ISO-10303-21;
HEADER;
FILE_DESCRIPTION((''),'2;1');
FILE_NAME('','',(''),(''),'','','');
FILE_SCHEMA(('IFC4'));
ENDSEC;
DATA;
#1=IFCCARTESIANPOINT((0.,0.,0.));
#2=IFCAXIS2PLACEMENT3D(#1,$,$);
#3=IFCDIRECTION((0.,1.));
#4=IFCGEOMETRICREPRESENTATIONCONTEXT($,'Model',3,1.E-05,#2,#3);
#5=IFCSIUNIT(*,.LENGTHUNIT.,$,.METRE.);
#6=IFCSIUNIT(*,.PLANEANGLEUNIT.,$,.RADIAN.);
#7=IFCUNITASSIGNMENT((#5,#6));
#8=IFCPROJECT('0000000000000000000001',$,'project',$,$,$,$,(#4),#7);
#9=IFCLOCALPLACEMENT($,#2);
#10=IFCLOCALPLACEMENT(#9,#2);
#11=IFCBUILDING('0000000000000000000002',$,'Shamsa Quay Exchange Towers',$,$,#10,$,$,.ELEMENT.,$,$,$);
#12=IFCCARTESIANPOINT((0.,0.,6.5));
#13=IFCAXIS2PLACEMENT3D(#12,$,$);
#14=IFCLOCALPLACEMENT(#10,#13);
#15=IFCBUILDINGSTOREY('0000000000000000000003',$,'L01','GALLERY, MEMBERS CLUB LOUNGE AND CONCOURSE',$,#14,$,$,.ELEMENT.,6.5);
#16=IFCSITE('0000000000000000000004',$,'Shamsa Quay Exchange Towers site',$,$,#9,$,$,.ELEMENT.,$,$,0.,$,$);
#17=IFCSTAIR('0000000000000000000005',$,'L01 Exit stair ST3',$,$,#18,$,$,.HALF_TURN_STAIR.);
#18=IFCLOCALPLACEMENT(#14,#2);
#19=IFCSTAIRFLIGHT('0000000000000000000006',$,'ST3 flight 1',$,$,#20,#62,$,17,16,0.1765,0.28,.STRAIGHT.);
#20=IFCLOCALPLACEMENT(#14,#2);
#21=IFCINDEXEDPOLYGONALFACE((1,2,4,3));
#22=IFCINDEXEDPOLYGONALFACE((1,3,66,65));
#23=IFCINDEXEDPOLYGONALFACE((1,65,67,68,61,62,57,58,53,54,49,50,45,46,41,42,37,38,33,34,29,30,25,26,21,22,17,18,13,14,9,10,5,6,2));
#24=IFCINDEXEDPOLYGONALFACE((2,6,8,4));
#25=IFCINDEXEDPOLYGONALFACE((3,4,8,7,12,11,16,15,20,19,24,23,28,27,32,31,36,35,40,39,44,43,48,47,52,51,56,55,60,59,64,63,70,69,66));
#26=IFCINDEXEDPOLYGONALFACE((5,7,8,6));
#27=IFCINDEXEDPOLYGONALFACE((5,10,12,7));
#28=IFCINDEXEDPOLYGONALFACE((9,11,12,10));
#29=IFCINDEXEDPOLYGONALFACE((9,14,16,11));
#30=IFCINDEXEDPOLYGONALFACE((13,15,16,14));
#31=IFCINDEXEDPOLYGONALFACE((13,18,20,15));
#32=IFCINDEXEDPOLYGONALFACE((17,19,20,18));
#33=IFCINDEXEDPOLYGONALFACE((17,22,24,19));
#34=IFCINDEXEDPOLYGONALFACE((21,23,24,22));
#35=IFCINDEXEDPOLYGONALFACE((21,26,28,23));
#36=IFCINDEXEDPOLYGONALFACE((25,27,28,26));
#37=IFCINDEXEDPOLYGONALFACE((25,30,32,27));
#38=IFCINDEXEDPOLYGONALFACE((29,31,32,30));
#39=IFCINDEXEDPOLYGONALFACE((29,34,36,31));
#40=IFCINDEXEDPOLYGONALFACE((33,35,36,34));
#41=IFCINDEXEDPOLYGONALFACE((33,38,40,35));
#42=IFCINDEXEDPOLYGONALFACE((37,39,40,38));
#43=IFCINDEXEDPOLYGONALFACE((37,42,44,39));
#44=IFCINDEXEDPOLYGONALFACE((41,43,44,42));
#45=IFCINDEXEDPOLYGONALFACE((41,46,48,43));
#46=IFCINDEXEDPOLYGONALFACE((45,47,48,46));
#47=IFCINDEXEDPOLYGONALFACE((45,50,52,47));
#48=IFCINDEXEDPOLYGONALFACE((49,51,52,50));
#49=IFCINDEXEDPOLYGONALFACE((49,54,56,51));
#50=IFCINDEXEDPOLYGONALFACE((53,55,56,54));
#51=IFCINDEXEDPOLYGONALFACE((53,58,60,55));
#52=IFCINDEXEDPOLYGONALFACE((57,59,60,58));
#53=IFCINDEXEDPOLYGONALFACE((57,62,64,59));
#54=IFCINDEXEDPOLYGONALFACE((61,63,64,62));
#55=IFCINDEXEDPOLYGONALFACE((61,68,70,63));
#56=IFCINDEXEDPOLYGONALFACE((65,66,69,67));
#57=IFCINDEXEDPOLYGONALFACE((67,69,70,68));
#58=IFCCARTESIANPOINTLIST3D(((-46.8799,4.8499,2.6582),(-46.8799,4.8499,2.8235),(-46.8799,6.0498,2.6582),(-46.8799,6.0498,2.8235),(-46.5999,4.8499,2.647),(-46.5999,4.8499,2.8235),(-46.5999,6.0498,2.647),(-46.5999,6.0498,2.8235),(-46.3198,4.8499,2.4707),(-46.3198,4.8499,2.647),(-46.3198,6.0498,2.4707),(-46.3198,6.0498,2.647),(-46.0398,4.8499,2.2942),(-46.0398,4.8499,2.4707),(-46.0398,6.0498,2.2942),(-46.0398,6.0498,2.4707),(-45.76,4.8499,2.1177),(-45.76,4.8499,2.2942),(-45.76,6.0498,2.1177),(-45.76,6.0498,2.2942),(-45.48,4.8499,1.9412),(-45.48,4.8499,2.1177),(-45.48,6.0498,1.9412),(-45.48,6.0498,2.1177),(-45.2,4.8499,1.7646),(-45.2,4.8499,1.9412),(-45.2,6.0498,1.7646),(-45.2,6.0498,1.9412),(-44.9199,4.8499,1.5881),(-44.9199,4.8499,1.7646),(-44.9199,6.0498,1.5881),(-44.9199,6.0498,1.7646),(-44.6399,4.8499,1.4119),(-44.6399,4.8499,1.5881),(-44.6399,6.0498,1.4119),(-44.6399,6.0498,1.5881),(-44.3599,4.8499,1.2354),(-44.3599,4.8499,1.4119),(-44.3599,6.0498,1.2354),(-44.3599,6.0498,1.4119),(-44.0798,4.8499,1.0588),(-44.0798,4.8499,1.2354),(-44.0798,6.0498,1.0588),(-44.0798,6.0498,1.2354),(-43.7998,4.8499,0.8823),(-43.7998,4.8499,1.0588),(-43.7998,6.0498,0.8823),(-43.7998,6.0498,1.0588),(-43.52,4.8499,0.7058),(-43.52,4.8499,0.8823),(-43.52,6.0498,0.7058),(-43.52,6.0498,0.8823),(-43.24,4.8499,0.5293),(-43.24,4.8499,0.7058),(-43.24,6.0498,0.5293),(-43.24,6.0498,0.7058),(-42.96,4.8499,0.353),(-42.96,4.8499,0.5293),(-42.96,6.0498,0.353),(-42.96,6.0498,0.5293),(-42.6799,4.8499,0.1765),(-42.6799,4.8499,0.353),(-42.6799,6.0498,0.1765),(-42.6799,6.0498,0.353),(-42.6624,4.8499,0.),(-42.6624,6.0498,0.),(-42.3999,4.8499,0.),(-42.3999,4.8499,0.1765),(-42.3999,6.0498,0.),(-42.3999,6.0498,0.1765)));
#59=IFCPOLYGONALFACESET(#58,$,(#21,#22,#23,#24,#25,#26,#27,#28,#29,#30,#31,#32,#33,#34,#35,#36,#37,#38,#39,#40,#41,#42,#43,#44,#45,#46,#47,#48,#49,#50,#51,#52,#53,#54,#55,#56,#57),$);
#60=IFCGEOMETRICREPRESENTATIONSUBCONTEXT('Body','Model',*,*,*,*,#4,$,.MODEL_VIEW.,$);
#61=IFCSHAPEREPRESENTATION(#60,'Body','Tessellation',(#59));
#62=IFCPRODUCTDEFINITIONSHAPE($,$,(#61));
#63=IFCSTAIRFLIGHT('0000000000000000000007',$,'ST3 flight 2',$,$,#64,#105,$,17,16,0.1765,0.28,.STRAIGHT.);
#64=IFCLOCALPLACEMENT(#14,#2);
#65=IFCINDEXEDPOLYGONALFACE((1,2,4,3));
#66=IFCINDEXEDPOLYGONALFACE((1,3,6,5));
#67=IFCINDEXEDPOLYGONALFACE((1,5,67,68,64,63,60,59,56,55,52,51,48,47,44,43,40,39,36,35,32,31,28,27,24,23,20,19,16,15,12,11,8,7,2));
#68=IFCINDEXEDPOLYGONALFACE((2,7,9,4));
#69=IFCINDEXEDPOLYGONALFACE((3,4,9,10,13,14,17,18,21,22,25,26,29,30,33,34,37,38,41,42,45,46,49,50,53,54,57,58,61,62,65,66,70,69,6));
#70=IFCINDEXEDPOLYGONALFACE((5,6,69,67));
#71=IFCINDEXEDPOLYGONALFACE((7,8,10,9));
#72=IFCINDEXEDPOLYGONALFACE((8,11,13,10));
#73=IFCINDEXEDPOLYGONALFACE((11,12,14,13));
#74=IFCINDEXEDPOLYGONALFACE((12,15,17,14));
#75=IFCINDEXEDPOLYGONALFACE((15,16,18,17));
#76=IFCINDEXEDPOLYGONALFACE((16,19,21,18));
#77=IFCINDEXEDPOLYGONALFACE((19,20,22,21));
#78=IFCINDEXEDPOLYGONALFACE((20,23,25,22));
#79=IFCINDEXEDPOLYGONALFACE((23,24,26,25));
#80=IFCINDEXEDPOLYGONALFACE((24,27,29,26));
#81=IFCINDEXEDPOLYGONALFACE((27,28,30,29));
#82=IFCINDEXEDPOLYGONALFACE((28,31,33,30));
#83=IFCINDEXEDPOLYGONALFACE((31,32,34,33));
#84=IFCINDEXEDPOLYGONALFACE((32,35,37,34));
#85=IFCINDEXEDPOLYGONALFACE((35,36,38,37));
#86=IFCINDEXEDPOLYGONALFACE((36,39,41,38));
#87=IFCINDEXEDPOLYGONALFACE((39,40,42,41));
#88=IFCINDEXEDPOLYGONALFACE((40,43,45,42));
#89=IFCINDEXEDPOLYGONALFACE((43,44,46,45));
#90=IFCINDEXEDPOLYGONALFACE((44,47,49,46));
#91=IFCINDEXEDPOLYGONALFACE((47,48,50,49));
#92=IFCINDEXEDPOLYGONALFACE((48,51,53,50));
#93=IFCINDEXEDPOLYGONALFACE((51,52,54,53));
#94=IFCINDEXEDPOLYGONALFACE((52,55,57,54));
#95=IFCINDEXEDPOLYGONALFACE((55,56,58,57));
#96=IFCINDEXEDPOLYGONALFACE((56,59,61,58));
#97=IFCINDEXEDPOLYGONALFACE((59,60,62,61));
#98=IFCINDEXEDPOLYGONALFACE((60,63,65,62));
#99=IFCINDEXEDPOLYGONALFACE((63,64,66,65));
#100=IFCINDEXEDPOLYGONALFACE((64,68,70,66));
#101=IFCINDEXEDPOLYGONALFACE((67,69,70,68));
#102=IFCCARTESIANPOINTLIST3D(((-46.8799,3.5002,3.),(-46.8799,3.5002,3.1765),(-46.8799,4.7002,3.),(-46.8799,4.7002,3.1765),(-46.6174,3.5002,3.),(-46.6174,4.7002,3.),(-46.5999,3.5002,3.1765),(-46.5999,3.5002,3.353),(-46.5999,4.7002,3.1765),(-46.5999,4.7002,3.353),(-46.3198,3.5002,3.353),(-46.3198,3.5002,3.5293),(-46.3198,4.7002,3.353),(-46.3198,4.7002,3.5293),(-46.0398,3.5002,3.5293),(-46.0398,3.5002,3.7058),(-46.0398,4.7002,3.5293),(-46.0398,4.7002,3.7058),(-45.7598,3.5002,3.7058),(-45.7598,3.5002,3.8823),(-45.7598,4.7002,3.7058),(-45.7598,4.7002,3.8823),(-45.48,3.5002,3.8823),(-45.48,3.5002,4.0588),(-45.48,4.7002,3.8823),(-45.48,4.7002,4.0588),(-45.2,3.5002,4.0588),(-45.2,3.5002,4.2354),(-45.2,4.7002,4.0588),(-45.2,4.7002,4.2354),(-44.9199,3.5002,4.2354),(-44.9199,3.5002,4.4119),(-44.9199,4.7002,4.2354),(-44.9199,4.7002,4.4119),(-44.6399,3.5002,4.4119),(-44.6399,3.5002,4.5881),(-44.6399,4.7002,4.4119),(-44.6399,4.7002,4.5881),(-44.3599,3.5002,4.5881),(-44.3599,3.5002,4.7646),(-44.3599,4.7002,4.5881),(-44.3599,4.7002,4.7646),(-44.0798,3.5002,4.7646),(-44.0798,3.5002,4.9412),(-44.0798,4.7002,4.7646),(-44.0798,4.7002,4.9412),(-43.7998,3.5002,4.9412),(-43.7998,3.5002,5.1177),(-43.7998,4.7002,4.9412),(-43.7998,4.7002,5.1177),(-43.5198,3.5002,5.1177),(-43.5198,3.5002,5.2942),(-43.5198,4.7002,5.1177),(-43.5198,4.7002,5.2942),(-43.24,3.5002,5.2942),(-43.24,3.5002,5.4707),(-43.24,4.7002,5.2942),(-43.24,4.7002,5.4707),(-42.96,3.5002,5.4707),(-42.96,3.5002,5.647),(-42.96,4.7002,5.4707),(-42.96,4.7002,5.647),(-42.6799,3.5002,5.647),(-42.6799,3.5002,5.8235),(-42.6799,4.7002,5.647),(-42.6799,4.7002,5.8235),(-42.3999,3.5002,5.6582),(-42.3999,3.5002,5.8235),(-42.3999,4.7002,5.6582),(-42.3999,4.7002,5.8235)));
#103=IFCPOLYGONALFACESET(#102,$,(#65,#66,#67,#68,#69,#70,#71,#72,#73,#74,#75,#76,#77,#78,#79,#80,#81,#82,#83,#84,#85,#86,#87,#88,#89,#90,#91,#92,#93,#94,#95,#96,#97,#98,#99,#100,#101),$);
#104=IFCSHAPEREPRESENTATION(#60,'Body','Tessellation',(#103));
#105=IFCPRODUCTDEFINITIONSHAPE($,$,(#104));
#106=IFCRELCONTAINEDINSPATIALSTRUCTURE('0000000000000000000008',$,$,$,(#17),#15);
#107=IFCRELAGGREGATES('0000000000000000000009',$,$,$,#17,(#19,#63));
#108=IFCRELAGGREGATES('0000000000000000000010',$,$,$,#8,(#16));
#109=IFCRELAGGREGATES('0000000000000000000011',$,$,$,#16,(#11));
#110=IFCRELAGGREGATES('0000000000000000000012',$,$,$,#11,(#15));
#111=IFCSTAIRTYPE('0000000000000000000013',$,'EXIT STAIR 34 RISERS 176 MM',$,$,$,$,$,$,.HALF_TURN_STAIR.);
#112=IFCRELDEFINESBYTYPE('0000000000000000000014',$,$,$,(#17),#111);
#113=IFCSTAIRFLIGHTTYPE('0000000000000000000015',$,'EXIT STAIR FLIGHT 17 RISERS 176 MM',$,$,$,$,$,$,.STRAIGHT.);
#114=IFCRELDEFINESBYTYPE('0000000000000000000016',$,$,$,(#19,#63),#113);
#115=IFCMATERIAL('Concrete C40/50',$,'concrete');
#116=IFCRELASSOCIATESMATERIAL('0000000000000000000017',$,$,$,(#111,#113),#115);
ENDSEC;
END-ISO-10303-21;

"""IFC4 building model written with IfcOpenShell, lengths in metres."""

from ifc_helpers import new_model, si_unit, direction, frame, origin, place, context, subcontext, project, spatial, polyline, outline, extrude, material, type_object, element, aggregate, save


model = new_model("IFC4")

# Units and contexts
model_context = context("Model", 3, precision=1e-05, world=origin(), true_north=direction((0.0, 1.0)))
body_context = subcontext(model_context, "Body", "Model", "MODEL_VIEW")
ifc_project = project(units=[si_unit("LENGTHUNIT", "METRE"), si_unit("PLANEANGLEUNIT", "RADIAN")], contexts=[model_context])

# Site, building, storey
site_placement = place(None, origin())
site = spatial("IfcSite", under=ifc_project, at=site_placement, Name="Shamsa Quay Exchange Towers site", CompositionType="ELEMENT", RefElevation=0.0)
building_placement = place(site_placement, origin())
building = spatial("IfcBuilding", under=site, at=building_placement, Name="Shamsa Quay Exchange Towers", CompositionType="ELEMENT")
storey_placement = place(building_placement, frame((0.0, 0.0, 6.5)))
storey = spatial("IfcBuildingStorey", under=building, at=storey_placement, Name="L01", Description="GALLERY, MEMBERS CLUB LOUNGE AND CONCOURSE", CompositionType="ELEMENT", Elevation=6.5)

# Stair, stair flights
ifc_material_1 = material(Name="Concrete C40/50", Category="concrete")
stair_type = type_object("IfcStairType", Name="EXIT STAIR 34 RISERS 176 MM", PredefinedType="HALF_TURN_STAIR", material=ifc_material_1)
stair_flight_type = type_object("IfcStairFlightType", Name="EXIT STAIR FLIGHT 17 RISERS 176 MM", PredefinedType="STRAIGHT", material=ifc_material_1)
stair_1_placement = place(storey_placement, origin())
stair_1 = element("IfcStair", 1, at=stair_1_placement, inside=storey, type_object=stair_type, Name="L01 Exit stair ST3", PredefinedType="HALF_TURN_STAIR")
stair_flight_1_placement = place(storey_placement, frame((-42.3999, 5.45, 0.0), z_axis=(0.0, 0.0, 1.0), x_axis=(-1.0, 0.0, 0.0)))
stair_flight_1 = element("IfcStairFlight", 2, at=stair_flight_1_placement, type_object=stair_flight_type, Name="ST3 flight 1", NumberOfRisers=17, NumberOfTreads=16, PredefinedType="STRAIGHT", RiserHeight=0.1765, TreadLength=0.28, context=body_context, shape_type="SweptSolid", body=[
    extrude(outline(polyline([(0.0, 0.0), (0.0, 0.1765), (0.28, 0.1765), (0.28, 0.353), (0.5601, 0.353), (0.5601, 0.5293), (0.8401, 0.5293), (0.8401, 0.7058), (1.1201, 0.7058), (1.1201, 0.8823), (1.3999, 0.8823), (1.3999, 1.0588), (1.6799, 1.0588), (1.6799, 1.2354), (1.96, 1.2354), (1.96, 1.4119), (2.24, 1.4119), (2.24, 1.5881), (2.52, 1.5881), (2.52, 1.7646), (2.8, 1.7646), (2.8, 1.9412), (3.0801, 1.9412), (3.0801, 2.1177), (3.3601, 2.1177), (3.3601, 2.2942), (3.6399, 2.2942), (3.6399, 2.4707), (3.9199, 2.4707), (3.9199, 2.647), (4.2, 2.647), (4.2, 2.8235), (4.48, 2.8235), (4.48, 3.0), (4.48, 2.6582), (0.2625, 0.0), (0.0, 0.0)])), frame((0.0, 0.6001, 0.0), z_axis=(0.0, -1.0, 0.0), x_axis=(1.0, 0.0, 0.0)), (0.0, 0.0, 1.0), 1.2),
])
stair_flight_2_placement = place(storey_placement, frame((-46.8799, 4.1001, 3.0)))
stair_flight_2 = element("IfcStairFlight", 3, at=stair_flight_2_placement, type_object=stair_flight_type, Name="ST3 flight 2", NumberOfRisers=17, NumberOfTreads=16, PredefinedType="STRAIGHT", RiserHeight=0.1765, TreadLength=0.28, context=body_context, shape_type="SweptSolid", body=[
    extrude(outline(polyline([(0.0, 0.0), (0.0, 0.1765), (0.28, 0.1765), (0.28, 0.353), (0.5601, 0.353), (0.5601, 0.5293), (0.8401, 0.5293), (0.8401, 0.7058), (1.1201, 0.7058), (1.1201, 0.8823), (1.3999, 0.8823), (1.3999, 1.0588), (1.6799, 1.0588), (1.6799, 1.2354), (1.96, 1.2354), (1.96, 1.4119), (2.24, 1.4119), (2.24, 1.5881), (2.52, 1.5881), (2.52, 1.7646), (2.8, 1.7646), (2.8, 1.9412), (3.0801, 1.9412), (3.0801, 2.1177), (3.3601, 2.1177), (3.3601, 2.2942), (3.6399, 2.2942), (3.6399, 2.4707), (3.9199, 2.4707), (3.9199, 2.647), (4.2, 2.647), (4.2, 2.8235), (4.48, 2.8235), (4.48, 3.0), (4.48, 2.6582), (0.2625, 0.0), (0.0, 0.0)])), frame((0.0, 0.6001, 0.0), z_axis=(0.0, -1.0, 0.0), x_axis=(1.0, 0.0, 0.0)), (0.0, 0.0, 1.0), 1.2),
])
aggregate(stair_1, [stair_flight_1, stair_flight_2])

save(model, "model.ifc")
